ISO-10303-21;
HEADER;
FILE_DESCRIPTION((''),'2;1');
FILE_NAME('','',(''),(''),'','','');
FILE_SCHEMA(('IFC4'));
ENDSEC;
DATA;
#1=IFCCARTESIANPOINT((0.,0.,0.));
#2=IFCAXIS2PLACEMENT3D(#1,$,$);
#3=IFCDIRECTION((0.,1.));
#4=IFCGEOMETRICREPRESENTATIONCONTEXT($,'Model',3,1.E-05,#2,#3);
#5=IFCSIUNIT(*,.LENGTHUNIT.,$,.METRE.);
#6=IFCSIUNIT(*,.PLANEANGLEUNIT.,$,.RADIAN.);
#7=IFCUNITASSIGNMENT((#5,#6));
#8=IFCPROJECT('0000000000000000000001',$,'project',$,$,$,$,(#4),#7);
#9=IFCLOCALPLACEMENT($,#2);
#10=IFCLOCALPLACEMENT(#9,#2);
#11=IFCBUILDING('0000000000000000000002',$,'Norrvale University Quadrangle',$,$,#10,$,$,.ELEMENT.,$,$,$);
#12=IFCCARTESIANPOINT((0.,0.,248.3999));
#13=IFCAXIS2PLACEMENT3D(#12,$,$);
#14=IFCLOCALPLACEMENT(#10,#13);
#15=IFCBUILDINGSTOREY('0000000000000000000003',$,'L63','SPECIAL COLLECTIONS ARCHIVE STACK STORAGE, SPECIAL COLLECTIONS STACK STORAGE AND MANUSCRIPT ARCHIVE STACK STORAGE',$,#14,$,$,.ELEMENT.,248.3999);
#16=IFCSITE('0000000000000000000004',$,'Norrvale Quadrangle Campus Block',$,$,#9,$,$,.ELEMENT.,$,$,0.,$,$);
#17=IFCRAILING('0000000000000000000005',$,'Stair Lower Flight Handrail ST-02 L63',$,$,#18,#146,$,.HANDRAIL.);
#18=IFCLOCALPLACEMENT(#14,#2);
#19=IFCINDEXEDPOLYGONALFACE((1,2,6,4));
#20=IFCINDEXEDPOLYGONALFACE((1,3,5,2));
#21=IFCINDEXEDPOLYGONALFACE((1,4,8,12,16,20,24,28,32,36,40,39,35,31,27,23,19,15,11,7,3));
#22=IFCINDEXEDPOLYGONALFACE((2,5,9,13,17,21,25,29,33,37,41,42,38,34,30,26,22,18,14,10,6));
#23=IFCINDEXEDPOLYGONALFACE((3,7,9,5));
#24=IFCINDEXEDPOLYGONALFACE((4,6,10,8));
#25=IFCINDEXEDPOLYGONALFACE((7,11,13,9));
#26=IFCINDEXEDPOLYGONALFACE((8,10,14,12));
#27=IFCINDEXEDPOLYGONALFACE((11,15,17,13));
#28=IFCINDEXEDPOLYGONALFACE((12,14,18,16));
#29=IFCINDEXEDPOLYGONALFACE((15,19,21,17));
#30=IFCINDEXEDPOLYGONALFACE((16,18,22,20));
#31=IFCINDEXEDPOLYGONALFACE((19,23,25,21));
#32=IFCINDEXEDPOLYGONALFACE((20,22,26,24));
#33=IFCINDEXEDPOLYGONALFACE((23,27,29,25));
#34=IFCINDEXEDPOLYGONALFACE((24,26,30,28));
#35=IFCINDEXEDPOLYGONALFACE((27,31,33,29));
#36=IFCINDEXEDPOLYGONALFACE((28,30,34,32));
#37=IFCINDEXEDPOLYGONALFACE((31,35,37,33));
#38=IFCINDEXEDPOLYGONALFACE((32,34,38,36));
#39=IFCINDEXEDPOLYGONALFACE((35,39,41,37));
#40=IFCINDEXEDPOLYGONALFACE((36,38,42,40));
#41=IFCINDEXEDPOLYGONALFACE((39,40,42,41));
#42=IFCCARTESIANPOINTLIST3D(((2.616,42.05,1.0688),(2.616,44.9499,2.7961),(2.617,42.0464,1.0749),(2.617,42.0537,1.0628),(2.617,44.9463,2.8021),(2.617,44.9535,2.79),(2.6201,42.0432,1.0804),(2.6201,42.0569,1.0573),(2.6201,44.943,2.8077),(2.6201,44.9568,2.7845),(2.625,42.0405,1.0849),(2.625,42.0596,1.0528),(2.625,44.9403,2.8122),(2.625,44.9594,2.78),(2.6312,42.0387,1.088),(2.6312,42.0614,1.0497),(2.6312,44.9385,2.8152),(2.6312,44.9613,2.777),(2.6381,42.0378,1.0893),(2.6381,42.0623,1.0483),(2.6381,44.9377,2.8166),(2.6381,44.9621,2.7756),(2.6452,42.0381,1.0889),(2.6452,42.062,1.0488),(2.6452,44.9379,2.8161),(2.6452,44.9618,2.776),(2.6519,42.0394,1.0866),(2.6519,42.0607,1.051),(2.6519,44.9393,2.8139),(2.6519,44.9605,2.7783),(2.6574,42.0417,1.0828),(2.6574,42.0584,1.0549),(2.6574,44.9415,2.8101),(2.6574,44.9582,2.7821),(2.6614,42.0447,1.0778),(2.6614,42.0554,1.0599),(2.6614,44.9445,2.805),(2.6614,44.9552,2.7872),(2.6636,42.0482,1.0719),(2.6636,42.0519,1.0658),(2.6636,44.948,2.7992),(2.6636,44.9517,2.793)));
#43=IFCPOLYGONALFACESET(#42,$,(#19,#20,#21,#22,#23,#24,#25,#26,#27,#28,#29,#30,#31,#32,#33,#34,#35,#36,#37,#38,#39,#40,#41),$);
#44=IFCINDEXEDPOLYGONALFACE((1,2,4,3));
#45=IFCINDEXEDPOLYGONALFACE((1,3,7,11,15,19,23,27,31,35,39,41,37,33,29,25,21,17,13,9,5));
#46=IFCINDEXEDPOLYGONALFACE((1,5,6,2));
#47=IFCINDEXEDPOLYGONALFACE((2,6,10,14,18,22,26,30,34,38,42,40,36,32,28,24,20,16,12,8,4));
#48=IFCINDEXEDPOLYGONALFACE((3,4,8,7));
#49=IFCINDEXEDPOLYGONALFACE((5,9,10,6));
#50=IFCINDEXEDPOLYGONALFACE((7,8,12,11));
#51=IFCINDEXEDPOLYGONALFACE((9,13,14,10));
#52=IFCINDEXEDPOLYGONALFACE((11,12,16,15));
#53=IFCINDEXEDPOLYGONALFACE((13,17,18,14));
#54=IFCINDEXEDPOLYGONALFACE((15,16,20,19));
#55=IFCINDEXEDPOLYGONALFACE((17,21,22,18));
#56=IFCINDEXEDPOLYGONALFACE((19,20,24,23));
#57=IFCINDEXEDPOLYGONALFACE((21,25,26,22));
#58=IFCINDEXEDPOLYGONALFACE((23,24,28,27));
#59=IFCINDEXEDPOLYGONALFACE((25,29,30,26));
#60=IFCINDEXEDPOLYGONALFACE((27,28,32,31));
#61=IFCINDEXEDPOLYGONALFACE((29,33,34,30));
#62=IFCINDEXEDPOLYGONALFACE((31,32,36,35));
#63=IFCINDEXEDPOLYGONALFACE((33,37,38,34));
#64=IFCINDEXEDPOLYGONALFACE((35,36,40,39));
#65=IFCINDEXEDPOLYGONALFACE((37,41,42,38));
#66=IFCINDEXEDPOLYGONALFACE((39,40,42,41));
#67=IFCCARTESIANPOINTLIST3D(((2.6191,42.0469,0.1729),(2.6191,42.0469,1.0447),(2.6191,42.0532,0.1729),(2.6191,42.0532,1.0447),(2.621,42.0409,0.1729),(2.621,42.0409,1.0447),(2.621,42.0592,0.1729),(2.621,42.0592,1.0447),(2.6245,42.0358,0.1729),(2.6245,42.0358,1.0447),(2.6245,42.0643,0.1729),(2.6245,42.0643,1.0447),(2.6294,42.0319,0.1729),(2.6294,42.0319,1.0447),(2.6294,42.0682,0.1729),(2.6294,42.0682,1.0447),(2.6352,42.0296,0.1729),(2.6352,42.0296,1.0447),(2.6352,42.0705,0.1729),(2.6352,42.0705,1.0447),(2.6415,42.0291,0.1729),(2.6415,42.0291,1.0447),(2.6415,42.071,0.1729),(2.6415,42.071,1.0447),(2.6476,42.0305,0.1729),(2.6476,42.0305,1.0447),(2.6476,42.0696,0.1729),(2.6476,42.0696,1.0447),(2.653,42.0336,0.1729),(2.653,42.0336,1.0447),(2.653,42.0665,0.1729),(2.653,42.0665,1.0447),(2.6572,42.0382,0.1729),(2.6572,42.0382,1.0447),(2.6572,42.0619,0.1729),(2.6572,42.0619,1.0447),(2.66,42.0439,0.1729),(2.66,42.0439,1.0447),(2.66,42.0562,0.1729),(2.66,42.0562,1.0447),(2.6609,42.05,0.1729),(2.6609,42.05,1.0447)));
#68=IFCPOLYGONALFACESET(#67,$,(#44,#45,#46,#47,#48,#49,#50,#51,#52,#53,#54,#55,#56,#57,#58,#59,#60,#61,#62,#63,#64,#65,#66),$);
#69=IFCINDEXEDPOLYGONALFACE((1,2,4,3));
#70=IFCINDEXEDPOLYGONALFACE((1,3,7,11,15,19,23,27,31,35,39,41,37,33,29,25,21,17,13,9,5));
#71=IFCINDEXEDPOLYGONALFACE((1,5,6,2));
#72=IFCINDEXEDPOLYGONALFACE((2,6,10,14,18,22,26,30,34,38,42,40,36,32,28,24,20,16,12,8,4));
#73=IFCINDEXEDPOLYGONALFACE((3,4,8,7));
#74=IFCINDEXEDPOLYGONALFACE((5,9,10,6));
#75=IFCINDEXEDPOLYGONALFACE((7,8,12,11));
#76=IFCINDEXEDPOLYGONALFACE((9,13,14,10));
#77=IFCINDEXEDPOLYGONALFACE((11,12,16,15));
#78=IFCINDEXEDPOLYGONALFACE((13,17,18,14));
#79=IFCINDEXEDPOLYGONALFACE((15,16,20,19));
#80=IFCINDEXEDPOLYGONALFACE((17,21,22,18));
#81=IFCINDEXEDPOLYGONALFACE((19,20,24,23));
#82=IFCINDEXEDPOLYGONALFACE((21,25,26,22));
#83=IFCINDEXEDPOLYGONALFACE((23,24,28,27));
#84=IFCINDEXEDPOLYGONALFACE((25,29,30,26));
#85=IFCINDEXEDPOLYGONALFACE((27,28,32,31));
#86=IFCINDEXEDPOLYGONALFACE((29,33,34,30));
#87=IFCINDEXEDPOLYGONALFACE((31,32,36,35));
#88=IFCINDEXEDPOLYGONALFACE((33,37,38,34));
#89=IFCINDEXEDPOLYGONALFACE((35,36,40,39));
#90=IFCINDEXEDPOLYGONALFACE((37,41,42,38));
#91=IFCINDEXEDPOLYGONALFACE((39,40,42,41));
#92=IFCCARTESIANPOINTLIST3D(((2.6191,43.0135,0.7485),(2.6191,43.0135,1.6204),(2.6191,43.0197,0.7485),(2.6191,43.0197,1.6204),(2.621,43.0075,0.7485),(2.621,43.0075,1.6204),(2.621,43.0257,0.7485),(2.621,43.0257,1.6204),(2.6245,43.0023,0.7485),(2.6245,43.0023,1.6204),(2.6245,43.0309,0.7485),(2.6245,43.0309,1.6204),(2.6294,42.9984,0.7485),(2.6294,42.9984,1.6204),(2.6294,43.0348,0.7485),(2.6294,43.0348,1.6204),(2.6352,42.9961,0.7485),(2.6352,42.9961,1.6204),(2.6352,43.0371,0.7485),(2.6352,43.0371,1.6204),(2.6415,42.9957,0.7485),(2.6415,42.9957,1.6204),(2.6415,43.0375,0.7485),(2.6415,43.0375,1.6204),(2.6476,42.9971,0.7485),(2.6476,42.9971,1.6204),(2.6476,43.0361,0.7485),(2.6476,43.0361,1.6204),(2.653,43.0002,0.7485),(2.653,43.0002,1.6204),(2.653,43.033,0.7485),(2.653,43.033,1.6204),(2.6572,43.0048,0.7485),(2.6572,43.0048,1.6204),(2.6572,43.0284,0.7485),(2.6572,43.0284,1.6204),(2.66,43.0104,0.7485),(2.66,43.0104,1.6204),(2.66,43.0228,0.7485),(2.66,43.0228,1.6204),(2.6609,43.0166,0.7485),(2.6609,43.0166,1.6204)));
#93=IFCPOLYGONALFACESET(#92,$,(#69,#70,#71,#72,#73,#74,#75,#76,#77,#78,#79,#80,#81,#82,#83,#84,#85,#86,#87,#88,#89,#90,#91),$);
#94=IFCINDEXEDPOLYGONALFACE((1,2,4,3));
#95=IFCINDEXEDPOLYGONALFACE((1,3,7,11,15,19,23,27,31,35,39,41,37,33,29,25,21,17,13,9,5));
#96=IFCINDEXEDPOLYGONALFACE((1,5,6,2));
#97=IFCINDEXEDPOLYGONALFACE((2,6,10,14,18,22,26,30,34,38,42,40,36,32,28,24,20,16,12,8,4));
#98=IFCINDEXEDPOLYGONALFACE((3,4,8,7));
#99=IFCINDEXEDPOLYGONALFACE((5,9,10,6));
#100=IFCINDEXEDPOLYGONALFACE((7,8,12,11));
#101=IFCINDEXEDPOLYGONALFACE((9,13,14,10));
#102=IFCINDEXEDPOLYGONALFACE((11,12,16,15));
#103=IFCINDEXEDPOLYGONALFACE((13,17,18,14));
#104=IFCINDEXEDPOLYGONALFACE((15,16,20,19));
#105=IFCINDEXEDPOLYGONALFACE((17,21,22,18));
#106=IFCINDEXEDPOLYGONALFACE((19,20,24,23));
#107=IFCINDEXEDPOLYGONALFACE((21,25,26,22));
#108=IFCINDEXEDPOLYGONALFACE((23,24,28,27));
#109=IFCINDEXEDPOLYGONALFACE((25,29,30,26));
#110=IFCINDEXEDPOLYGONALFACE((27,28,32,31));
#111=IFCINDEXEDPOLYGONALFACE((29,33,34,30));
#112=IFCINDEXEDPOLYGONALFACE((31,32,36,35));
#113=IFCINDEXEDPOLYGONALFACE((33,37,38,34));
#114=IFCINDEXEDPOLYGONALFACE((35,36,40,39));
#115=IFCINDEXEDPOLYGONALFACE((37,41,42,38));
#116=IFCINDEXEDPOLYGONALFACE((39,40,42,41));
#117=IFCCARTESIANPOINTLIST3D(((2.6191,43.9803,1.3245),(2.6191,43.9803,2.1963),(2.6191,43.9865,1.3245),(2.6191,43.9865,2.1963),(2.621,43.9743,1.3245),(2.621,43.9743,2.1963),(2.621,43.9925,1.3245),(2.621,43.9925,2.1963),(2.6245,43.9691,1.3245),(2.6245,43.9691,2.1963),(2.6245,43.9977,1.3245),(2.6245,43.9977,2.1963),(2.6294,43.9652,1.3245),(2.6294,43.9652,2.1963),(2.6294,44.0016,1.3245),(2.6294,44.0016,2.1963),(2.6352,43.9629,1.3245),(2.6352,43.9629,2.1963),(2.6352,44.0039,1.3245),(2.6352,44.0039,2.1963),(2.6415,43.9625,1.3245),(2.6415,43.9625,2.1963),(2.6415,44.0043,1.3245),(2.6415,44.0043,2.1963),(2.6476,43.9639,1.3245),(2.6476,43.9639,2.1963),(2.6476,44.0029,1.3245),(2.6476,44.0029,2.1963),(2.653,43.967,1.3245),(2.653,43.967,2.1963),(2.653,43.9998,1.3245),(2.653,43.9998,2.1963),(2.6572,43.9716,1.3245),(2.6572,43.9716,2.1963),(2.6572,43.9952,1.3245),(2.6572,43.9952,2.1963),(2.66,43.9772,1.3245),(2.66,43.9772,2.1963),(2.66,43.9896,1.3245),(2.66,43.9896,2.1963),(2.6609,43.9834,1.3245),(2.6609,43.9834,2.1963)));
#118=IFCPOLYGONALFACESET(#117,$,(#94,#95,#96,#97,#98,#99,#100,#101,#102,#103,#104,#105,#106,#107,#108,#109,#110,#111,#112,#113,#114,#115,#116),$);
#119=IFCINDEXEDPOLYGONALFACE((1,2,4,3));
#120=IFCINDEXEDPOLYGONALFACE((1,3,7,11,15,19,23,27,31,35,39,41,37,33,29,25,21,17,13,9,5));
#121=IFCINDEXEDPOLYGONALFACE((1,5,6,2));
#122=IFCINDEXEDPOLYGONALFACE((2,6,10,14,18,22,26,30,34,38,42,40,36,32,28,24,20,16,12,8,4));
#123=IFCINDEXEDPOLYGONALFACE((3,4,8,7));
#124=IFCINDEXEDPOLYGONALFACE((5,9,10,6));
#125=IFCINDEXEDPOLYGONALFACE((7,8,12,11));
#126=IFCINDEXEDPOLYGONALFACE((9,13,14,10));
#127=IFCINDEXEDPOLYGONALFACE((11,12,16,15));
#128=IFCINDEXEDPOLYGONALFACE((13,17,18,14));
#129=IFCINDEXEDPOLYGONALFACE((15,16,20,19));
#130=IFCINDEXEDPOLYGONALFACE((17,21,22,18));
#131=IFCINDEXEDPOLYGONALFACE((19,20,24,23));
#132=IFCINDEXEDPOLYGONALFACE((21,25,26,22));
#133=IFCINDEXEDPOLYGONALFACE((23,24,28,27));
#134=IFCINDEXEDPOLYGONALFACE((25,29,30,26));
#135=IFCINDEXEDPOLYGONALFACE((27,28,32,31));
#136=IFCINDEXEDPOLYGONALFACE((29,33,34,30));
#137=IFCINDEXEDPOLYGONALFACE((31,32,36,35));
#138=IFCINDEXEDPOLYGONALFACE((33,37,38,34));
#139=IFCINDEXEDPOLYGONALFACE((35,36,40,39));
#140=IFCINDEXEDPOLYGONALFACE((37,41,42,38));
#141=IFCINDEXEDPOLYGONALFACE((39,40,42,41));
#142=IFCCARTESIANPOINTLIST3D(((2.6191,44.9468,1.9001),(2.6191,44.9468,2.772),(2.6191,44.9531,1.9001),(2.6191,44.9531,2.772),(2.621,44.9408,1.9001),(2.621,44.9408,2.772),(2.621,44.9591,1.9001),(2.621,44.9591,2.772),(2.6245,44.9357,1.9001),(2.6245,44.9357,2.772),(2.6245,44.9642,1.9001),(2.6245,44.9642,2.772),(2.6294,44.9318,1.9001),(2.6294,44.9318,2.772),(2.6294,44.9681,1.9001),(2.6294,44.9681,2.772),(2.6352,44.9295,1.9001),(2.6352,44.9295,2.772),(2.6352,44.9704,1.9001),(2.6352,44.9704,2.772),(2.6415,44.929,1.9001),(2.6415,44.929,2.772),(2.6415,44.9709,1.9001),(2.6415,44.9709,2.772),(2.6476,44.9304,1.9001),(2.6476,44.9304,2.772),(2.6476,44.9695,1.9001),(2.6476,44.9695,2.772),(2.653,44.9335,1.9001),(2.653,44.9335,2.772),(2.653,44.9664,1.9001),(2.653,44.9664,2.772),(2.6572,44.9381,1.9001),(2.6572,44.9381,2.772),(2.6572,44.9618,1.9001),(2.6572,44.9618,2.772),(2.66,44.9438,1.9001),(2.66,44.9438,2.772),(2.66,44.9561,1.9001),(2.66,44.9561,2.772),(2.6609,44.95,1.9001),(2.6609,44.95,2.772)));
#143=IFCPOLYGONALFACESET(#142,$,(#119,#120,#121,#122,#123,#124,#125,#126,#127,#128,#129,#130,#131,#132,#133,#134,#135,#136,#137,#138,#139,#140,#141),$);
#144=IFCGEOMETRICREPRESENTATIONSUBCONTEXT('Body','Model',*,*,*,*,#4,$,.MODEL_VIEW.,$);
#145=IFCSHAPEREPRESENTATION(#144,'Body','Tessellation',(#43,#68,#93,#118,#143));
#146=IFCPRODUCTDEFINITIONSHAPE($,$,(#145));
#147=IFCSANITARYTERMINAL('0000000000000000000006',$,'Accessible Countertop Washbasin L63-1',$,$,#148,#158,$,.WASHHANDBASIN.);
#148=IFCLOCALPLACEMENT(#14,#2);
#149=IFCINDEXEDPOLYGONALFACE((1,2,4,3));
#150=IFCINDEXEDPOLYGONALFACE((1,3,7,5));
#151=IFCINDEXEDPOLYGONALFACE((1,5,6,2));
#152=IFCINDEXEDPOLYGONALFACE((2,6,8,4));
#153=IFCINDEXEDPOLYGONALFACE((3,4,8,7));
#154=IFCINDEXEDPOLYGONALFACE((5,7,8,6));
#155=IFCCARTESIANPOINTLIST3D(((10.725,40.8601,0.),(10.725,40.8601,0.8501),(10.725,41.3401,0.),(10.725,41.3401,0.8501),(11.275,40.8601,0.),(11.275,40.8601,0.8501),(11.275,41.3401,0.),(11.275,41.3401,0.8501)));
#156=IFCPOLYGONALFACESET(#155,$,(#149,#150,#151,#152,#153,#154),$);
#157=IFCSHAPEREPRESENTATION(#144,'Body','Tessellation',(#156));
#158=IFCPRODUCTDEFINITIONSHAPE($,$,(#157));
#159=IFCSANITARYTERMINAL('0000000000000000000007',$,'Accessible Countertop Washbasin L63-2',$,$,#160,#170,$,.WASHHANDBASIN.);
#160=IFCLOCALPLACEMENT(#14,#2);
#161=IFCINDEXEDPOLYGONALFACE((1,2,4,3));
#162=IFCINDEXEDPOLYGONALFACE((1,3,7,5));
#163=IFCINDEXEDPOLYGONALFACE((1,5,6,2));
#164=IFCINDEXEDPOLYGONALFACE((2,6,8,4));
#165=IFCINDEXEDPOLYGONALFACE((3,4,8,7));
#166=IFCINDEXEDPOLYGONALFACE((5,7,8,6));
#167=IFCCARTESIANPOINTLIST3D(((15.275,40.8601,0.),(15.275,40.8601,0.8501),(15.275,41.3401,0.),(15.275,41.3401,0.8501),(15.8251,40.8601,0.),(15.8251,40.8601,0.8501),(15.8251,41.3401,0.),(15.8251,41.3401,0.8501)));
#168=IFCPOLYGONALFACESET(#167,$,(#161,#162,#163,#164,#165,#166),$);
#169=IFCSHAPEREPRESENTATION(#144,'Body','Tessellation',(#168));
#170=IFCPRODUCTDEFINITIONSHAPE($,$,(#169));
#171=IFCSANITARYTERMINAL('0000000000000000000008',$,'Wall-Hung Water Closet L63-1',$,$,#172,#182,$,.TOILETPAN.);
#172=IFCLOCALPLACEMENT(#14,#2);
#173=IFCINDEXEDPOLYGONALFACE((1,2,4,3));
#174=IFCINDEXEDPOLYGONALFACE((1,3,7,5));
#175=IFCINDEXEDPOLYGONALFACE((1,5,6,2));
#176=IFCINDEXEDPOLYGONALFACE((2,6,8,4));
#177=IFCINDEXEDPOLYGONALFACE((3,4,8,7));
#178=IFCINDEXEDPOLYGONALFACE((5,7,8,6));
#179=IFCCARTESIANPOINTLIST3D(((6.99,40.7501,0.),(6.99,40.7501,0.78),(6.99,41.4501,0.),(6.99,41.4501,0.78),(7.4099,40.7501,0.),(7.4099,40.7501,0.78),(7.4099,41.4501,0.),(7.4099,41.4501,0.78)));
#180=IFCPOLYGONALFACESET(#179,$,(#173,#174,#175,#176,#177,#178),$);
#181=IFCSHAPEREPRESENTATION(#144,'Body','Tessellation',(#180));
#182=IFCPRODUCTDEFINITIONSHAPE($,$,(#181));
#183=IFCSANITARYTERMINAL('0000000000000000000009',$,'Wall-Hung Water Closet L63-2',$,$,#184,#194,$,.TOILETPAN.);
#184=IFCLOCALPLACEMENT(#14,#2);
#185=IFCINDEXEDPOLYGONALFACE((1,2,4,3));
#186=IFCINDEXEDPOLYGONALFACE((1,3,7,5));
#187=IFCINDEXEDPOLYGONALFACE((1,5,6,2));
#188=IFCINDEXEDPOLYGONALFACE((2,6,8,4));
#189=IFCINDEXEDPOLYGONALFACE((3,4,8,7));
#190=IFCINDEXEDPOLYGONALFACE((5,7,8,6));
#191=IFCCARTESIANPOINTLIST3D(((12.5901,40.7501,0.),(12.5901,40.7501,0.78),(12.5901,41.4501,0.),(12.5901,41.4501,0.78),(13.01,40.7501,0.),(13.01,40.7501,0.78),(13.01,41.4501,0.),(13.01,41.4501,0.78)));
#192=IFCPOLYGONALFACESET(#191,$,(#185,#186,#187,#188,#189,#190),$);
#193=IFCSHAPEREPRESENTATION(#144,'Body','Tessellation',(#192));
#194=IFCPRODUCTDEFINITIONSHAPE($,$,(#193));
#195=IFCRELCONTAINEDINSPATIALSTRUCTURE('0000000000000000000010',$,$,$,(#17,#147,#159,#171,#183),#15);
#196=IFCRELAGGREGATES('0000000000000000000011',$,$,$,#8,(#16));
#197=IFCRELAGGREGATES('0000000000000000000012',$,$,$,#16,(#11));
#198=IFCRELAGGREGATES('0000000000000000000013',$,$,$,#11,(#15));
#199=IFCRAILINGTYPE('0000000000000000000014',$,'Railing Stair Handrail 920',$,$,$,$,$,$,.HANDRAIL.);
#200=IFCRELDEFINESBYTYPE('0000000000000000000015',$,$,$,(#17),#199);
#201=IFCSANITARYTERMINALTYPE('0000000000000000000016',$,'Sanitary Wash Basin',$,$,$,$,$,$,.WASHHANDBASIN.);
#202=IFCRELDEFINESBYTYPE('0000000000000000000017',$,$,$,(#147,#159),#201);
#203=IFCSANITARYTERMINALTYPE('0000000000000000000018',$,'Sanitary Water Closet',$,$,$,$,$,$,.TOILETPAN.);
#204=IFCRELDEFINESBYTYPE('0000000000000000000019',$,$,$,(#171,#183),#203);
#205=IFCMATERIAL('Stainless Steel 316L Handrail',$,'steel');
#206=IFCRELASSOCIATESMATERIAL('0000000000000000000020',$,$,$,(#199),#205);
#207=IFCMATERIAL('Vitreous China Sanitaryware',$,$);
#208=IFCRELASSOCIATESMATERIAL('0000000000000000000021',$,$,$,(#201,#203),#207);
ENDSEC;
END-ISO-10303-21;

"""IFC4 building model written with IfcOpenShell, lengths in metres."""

from ifc_helpers import new_model, si_unit, direction, frame, origin, origin_2d, place, context, subcontext, project, spatial, rectangle, circle, extrude, material, type_object, element, save


model = new_model("IFC4")

# Units and contexts
model_context = context("Model", 3, precision=1e-05, world=origin(), true_north=direction((0.0, 1.0)))
body_context = subcontext(model_context, "Body", "Model", "MODEL_VIEW")
ifc_project = project(units=[si_unit("LENGTHUNIT", "METRE"), si_unit("PLANEANGLEUNIT", "RADIAN")], contexts=[model_context])

# Site, building, storey
site_placement = place(None, origin())
site = spatial("IfcSite", under=ifc_project, at=site_placement, Name="Norrvale Quadrangle Campus Block", CompositionType="ELEMENT", RefElevation=0.0)
building_placement = place(site_placement, origin())
building = spatial("IfcBuilding", under=site, at=building_placement, Name="Norrvale University Quadrangle", CompositionType="ELEMENT")
storey_placement = place(building_placement, frame((0.0, 0.0, 248.3999)))
storey = spatial("IfcBuildingStorey", under=building, at=storey_placement, Name="L63", Description="SPECIAL COLLECTIONS ARCHIVE STACK STORAGE, SPECIAL COLLECTIONS STACK STORAGE AND MANUSCRIPT ARCHIVE STACK STORAGE", CompositionType="ELEMENT", Elevation=248.3999)

# Railing
ifc_material_1 = material(Name="Stainless Steel 316L Handrail", Category="steel")
railing_type_1 = type_object("IfcRailingType", Name="Railing Stair Handrail 920", PredefinedType="HANDRAIL", material=ifc_material_1)
railing_1_placement = place(storey_placement, frame((2.6399, 42.05, 0.1729)))
element("IfcRailing", 1, at=railing_1_placement, inside=storey, type_object=railing_type_1, Name="Stair Lower Flight Handrail ST-02 L63", PredefinedType="HANDRAIL", context=body_context, shape_type="SweptSolid", body=[
    extrude(circle(Radius=0.0239, at=origin_2d()), frame((0.0, 0.0, 0.896), z_axis=(0.0, 0.859141, 0.511738), x_axis=(-1.0, 0.0, 0.0)), (0.0, 0.0, 1.0), 3.3752),
    extrude(circle(Radius=0.021, at=origin_2d()), origin(), (0.0, 0.0, 1.0), 0.8718),
    extrude(circle(Radius=0.021, at=origin_2d()), frame((0.0, 0.9666, 0.5757)), (0.0, 0.0, 1.0), 0.8718),
    extrude(circle(Radius=0.021, at=origin_2d()), frame((0.0, 1.9333, 1.1516)), (0.0, 0.0, 1.0), 0.8718),
    extrude(circle(Radius=0.021, at=origin_2d()), frame((0.0, 2.8999, 1.7273)), (0.0, 0.0, 1.0), 0.8718),
])

# Sanitary terminals
ifc_material_2 = material(Name="Vitreous China Sanitaryware")
sanitary_terminal_type_1 = type_object("IfcSanitaryTerminalType", Name="Sanitary Wash Basin", PredefinedType="WASHHANDBASIN", material=ifc_material_2)
for number, where, z_axis, x_axis, name in (
    (2, (11.0, 41.1001, 0.0), (0.0, 0.0, 1.0), (1.0, 0.0, 0.0), "Accessible Countertop Washbasin L63-1"),
    (3, (15.55, 41.1001, 0.0), (0.0, 0.0, 1.0), (1.0, 0.0, 0.0), "Accessible Countertop Washbasin L63-2"),
):
    element("IfcSanitaryTerminal", number, at=place(storey_placement, frame(where, z_axis=z_axis, x_axis=x_axis)), inside=storey, type_object=sanitary_terminal_type_1, Name=name, PredefinedType="WASHHANDBASIN", context=body_context, shape_type="SweptSolid", body=[
        extrude(rectangle(XDim=0.55, YDim=0.48, at=origin_2d()), origin(), (0.0, 0.0, 1.0), 0.8501),
    ])
sanitary_terminal_type_2 = type_object("IfcSanitaryTerminalType", Name="Sanitary Water Closet", PredefinedType="TOILETPAN", material=ifc_material_2)
for number, where, z_axis, x_axis, name in (
    (4, (7.2, 41.1001, 0.0), (0.0, 0.0, 1.0), (1.0, 0.0, 0.0), "Wall-Hung Water Closet L63-1"),
    (5, (12.8, 41.1001, 0.0), (0.0, 0.0, 1.0), (1.0, 0.0, 0.0), "Wall-Hung Water Closet L63-2"),
):
    element("IfcSanitaryTerminal", number, at=place(storey_placement, frame(where, z_axis=z_axis, x_axis=x_axis)), inside=storey, type_object=sanitary_terminal_type_2, Name=name, PredefinedType="TOILETPAN", context=body_context, shape_type="SweptSolid", body=[
        extrude(rectangle(XDim=0.4199, YDim=0.7, at=origin_2d()), origin(), (0.0, 0.0, 1.0), 0.78),
    ])

save(model, "model.ifc")
